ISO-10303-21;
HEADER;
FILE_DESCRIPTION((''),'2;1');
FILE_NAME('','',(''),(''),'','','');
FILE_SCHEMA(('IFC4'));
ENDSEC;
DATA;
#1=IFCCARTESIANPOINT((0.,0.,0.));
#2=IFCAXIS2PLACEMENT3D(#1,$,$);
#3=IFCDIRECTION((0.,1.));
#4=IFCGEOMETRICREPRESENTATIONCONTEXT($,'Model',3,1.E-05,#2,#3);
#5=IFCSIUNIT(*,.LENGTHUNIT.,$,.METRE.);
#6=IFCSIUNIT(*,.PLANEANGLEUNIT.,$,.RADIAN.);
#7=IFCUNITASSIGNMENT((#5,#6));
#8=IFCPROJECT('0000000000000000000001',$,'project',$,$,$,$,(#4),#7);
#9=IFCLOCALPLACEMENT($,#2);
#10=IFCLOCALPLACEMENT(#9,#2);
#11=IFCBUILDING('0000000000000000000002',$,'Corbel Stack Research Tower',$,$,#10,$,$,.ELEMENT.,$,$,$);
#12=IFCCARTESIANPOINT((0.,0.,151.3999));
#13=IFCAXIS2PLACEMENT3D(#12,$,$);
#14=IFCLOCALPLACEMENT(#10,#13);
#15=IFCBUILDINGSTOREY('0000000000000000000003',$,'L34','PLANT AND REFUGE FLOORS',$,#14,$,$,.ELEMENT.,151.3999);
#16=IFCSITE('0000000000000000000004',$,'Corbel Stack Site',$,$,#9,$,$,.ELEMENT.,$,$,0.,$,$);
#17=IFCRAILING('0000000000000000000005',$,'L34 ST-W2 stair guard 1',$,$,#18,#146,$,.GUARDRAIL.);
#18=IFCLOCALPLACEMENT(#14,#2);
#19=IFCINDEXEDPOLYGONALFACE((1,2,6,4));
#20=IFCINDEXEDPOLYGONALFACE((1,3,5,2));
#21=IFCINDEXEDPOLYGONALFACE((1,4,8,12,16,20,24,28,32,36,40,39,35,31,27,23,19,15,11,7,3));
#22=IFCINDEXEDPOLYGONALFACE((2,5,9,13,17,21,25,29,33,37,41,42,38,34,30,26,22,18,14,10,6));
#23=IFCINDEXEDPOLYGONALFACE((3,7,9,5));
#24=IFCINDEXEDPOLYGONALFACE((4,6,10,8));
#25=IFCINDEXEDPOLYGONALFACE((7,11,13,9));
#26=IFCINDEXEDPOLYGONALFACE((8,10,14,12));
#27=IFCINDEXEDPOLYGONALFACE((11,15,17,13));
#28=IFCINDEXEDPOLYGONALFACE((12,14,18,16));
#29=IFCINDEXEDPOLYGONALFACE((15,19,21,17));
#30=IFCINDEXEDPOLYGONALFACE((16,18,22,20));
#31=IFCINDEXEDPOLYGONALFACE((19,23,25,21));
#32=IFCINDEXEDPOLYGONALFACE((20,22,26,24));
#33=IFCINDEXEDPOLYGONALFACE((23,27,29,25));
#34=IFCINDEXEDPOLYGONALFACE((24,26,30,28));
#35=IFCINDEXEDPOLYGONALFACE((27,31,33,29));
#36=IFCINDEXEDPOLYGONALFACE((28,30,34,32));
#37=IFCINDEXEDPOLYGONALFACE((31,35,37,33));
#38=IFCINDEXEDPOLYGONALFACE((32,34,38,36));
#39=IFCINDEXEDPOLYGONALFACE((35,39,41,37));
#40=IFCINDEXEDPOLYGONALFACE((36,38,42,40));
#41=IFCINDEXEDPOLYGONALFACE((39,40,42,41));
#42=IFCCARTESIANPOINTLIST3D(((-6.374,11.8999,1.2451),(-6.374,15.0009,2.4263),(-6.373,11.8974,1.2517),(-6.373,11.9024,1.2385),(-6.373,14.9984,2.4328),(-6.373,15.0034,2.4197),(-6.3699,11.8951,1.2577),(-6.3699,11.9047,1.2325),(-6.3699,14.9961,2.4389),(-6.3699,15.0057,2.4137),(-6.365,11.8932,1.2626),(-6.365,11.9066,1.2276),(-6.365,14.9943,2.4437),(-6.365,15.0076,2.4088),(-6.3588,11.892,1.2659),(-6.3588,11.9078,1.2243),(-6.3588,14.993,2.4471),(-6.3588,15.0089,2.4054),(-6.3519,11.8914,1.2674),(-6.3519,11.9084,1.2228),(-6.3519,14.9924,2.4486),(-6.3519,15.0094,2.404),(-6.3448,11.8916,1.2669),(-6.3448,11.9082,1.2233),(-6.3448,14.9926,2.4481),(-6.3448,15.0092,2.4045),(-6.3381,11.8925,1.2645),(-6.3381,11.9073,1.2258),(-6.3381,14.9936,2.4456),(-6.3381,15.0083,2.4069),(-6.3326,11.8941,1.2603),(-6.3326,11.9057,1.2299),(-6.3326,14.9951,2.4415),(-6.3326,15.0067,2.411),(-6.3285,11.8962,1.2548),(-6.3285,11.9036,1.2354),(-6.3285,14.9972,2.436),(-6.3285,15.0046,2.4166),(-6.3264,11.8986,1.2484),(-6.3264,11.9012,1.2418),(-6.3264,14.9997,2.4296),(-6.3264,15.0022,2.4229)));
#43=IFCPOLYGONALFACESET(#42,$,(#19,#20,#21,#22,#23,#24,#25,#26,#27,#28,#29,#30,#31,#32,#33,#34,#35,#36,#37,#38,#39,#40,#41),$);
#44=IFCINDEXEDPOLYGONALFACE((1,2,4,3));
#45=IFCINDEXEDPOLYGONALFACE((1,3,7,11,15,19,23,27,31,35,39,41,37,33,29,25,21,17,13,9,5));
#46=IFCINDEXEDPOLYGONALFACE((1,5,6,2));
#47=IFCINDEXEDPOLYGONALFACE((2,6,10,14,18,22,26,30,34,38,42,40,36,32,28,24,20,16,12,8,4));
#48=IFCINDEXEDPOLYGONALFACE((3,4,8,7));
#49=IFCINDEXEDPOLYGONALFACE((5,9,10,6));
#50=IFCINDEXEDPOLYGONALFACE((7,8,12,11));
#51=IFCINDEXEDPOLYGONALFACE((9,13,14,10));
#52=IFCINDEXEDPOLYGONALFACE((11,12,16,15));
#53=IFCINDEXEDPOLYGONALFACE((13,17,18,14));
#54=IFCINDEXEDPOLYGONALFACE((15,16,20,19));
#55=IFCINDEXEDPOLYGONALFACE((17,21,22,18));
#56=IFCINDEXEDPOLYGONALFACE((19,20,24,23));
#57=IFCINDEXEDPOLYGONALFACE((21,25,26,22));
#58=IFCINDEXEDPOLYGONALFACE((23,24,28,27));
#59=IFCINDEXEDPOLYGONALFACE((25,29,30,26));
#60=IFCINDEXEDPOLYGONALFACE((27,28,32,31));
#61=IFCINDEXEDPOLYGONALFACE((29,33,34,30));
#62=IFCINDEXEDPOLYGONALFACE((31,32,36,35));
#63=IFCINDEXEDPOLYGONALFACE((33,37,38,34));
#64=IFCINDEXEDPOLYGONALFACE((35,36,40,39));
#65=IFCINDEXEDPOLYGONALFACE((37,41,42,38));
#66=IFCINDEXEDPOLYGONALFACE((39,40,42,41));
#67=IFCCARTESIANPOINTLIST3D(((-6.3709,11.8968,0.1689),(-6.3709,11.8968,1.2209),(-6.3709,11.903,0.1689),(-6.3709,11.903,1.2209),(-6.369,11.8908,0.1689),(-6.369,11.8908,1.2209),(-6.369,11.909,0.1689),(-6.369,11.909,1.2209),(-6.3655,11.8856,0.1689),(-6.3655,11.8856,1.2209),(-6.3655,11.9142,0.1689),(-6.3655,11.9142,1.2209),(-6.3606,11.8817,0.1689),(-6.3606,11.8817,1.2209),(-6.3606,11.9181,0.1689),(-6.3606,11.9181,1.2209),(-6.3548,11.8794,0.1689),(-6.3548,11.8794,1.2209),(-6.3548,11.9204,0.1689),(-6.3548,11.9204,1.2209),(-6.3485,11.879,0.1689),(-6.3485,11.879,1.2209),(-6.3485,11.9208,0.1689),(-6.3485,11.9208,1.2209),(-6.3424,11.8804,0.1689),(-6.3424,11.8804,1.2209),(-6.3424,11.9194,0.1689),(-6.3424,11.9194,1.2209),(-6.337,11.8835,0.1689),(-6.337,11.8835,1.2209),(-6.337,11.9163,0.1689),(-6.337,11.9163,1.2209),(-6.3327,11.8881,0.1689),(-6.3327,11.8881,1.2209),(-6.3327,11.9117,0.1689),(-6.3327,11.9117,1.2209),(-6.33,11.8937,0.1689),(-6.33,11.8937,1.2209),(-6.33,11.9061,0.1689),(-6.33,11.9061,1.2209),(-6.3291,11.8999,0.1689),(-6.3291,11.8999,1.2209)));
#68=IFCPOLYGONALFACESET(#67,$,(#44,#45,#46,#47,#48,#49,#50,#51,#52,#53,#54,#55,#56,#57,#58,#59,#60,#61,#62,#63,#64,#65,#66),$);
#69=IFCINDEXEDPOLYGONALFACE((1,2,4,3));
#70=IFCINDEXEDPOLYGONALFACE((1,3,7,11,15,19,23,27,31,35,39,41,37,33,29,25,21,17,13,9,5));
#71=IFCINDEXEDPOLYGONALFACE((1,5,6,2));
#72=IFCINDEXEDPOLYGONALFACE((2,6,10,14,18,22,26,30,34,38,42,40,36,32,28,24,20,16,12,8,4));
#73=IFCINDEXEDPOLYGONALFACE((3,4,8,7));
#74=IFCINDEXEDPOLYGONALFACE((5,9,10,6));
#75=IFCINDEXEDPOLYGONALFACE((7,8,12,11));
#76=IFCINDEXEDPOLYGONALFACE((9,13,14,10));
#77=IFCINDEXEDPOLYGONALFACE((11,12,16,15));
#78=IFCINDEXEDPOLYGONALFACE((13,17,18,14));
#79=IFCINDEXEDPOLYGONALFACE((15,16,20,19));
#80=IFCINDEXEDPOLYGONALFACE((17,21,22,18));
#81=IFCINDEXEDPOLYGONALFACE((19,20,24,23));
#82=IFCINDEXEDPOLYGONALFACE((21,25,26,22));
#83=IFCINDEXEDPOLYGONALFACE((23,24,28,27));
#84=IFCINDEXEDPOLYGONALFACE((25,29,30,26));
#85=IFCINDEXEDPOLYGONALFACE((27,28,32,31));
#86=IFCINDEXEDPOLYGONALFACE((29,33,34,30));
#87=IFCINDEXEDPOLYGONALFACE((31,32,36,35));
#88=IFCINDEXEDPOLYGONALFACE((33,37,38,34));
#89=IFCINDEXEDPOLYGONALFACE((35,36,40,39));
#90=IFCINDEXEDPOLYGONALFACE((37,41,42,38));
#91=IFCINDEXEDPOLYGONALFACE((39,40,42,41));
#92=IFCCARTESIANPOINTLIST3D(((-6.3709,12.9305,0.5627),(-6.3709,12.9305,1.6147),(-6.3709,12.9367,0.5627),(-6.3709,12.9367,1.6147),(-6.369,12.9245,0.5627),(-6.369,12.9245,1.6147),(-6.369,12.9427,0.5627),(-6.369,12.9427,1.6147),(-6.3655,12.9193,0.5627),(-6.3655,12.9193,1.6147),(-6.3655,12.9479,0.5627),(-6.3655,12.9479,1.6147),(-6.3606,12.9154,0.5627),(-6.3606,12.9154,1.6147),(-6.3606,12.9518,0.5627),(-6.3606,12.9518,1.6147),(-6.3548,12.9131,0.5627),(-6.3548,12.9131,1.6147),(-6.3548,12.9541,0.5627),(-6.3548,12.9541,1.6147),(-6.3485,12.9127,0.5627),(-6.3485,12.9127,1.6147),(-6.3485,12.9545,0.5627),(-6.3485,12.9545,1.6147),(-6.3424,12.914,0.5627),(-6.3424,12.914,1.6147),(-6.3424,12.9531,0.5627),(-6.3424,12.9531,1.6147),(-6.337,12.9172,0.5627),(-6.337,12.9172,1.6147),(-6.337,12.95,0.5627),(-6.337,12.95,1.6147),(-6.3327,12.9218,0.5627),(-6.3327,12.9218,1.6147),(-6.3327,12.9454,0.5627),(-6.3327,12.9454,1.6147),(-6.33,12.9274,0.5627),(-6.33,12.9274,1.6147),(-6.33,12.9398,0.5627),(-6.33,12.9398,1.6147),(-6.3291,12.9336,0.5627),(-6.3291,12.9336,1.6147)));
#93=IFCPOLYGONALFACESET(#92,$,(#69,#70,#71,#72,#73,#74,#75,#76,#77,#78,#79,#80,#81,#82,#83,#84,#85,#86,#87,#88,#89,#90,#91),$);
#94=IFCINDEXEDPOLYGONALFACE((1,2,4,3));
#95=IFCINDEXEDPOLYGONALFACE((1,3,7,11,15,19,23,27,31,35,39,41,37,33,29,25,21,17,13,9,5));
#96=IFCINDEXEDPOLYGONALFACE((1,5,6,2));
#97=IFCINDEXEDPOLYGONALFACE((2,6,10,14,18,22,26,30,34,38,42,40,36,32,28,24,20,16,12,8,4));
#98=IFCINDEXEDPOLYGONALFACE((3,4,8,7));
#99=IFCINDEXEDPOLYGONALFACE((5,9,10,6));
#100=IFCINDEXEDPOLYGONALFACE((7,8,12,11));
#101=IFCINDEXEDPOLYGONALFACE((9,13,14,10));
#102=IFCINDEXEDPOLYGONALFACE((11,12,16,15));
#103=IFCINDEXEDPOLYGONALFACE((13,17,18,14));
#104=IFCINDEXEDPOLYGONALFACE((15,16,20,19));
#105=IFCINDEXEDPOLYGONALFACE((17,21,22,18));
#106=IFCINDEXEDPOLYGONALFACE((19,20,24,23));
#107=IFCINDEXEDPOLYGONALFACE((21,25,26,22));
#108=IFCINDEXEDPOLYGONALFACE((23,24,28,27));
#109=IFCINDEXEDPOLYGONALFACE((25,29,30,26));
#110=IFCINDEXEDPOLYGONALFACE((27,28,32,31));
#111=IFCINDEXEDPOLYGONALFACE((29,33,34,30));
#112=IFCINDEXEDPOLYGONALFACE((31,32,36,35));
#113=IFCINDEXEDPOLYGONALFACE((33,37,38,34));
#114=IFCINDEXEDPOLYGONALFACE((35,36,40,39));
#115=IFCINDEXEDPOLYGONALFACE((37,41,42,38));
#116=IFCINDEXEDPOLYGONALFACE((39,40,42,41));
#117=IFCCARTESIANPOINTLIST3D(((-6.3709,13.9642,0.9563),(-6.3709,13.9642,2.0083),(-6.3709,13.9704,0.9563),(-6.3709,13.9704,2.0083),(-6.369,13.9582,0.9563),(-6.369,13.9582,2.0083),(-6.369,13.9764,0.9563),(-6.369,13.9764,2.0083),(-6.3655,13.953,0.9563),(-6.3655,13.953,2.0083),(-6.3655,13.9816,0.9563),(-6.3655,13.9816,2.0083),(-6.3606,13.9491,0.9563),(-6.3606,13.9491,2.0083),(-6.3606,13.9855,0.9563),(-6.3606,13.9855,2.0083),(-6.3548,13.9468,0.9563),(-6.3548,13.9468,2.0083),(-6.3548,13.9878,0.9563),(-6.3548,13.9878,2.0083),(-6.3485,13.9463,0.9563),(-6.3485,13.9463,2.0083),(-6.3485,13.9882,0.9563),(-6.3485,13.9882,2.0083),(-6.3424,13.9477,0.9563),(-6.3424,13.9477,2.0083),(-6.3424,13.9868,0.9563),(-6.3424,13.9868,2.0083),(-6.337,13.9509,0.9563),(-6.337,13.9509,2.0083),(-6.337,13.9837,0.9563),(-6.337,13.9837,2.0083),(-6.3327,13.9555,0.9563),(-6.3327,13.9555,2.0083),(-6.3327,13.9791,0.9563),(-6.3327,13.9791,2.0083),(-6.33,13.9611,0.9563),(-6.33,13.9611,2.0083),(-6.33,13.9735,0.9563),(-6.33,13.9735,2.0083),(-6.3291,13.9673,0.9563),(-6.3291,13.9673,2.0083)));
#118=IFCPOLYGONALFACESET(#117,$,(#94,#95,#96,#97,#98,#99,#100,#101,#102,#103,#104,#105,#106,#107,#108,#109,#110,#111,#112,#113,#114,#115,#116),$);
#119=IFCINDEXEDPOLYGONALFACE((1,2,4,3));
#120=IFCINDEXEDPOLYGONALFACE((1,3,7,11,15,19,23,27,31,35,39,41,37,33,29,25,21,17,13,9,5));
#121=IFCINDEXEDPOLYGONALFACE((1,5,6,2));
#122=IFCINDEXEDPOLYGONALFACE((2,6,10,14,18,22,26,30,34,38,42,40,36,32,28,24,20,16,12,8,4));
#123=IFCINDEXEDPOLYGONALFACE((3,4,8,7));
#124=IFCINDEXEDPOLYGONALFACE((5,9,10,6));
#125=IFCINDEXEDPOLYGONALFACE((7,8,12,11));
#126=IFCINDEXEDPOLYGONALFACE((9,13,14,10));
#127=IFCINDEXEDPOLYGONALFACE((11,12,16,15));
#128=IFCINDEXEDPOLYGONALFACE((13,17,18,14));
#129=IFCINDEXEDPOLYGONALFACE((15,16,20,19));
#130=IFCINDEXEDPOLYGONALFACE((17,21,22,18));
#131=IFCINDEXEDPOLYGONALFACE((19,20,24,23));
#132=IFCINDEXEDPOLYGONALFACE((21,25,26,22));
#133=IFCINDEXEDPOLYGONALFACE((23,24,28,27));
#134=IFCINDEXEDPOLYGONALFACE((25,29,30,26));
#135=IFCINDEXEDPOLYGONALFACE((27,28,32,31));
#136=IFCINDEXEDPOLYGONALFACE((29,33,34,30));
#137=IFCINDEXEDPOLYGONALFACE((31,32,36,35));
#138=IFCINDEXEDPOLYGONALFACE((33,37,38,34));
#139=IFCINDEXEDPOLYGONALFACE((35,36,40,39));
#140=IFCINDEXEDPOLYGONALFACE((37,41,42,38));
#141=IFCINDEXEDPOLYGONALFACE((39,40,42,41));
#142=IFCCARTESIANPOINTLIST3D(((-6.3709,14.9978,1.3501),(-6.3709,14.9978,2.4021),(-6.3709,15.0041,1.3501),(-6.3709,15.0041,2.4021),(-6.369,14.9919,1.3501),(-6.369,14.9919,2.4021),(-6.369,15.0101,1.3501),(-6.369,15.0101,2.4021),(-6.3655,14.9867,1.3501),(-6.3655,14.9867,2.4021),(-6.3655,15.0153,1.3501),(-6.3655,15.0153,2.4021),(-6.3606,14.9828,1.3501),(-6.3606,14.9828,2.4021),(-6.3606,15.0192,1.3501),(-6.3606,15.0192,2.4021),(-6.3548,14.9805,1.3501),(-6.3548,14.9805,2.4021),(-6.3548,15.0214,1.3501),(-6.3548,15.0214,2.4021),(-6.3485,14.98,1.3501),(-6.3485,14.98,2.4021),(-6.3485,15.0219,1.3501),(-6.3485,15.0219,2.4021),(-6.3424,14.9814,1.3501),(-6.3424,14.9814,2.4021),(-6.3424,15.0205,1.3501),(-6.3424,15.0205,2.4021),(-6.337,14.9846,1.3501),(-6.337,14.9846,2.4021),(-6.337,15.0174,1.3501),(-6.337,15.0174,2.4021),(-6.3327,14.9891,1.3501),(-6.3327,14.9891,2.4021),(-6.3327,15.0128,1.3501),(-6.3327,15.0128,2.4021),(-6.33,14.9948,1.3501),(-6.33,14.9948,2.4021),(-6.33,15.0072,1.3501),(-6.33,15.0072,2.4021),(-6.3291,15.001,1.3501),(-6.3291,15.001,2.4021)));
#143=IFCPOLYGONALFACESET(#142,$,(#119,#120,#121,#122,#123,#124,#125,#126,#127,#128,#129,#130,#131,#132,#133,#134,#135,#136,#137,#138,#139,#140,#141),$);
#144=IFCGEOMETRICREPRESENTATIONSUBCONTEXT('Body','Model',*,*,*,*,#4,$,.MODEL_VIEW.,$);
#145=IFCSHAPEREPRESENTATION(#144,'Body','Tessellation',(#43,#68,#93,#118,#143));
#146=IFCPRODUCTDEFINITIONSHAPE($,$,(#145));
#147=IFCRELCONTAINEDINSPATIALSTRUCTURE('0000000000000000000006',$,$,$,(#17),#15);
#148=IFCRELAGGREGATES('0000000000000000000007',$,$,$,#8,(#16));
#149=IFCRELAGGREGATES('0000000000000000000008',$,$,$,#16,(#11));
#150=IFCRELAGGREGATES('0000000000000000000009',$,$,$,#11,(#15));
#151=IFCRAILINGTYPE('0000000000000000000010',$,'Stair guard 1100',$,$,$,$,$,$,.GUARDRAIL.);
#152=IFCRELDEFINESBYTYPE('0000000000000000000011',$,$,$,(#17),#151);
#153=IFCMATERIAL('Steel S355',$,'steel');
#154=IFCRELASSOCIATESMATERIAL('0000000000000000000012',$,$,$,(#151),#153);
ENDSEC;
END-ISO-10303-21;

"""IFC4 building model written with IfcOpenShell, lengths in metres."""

from ifc_helpers import new_model, si_unit, direction, frame, origin, origin_2d, place, context, subcontext, project, spatial, circle, extrude, material, type_object, element, save


model = new_model("IFC4")

# Units and contexts
model_context = context("Model", 3, precision=1e-05, world=origin(), true_north=direction((0.0, 1.0)))
body_context = subcontext(model_context, "Body", "Model", "MODEL_VIEW")
ifc_project = project(units=[si_unit("LENGTHUNIT", "METRE"), si_unit("PLANEANGLEUNIT", "RADIAN")], contexts=[model_context])

# Site, building, storey
site_placement = place(None, origin())
site = spatial("IfcSite", under=ifc_project, at=site_placement, Name="Corbel Stack Site", CompositionType="ELEMENT", RefElevation=0.0)
building_placement = place(site_placement, origin())
building = spatial("IfcBuilding", under=site, at=building_placement, Name="Corbel Stack Research Tower", CompositionType="ELEMENT")
storey_placement = place(building_placement, frame((0.0, 0.0, 151.3999)))
storey = spatial("IfcBuildingStorey", under=building, at=storey_placement, Name="L34", Description="PLANT AND REFUGE FLOORS", CompositionType="ELEMENT", Elevation=151.3999)

# Railing
ifc_material_1 = material(Name="Steel S355", Category="steel")
railing_type_1 = type_object("IfcRailingType", Name="Stair guard 1100", PredefinedType="GUARDRAIL", material=ifc_material_1)
railing_1_placement = place(storey_placement, frame((-6.3501, 11.8999, 0.1689)))
element("IfcRailing", 1, at=railing_1_placement, inside=storey, type_object=railing_type_1, Name="L34 ST-W2 stair guard 1", PredefinedType="GUARDRAIL", context=body_context, shape_type="SweptSolid", body=[
    extrude(circle(Radius=0.0239, at=origin_2d()), frame((0.0, 0.0, 1.0762), z_axis=(0.0, 0.934509, 0.35594), x_axis=(-1.0, 0.0, 0.0)), (0.0, 0.0, 1.0), 3.3184),
    extrude(circle(Radius=0.021, at=origin_2d()), origin(), (0.0, 0.0, 1.0), 1.052),
    extrude(circle(Radius=0.021, at=origin_2d()), frame((0.0, 1.0337, 0.3938)), (0.0, 0.0, 1.0), 1.052),
    extrude(circle(Radius=0.021, at=origin_2d()), frame((0.0, 2.0674, 0.7874)), (0.0, 0.0, 1.0), 1.052),
    extrude(circle(Radius=0.021, at=origin_2d()), frame((0.0, 3.1011, 1.1812)), (0.0, 0.0, 1.0), 1.052),
])

save(model, "model.ifc")
